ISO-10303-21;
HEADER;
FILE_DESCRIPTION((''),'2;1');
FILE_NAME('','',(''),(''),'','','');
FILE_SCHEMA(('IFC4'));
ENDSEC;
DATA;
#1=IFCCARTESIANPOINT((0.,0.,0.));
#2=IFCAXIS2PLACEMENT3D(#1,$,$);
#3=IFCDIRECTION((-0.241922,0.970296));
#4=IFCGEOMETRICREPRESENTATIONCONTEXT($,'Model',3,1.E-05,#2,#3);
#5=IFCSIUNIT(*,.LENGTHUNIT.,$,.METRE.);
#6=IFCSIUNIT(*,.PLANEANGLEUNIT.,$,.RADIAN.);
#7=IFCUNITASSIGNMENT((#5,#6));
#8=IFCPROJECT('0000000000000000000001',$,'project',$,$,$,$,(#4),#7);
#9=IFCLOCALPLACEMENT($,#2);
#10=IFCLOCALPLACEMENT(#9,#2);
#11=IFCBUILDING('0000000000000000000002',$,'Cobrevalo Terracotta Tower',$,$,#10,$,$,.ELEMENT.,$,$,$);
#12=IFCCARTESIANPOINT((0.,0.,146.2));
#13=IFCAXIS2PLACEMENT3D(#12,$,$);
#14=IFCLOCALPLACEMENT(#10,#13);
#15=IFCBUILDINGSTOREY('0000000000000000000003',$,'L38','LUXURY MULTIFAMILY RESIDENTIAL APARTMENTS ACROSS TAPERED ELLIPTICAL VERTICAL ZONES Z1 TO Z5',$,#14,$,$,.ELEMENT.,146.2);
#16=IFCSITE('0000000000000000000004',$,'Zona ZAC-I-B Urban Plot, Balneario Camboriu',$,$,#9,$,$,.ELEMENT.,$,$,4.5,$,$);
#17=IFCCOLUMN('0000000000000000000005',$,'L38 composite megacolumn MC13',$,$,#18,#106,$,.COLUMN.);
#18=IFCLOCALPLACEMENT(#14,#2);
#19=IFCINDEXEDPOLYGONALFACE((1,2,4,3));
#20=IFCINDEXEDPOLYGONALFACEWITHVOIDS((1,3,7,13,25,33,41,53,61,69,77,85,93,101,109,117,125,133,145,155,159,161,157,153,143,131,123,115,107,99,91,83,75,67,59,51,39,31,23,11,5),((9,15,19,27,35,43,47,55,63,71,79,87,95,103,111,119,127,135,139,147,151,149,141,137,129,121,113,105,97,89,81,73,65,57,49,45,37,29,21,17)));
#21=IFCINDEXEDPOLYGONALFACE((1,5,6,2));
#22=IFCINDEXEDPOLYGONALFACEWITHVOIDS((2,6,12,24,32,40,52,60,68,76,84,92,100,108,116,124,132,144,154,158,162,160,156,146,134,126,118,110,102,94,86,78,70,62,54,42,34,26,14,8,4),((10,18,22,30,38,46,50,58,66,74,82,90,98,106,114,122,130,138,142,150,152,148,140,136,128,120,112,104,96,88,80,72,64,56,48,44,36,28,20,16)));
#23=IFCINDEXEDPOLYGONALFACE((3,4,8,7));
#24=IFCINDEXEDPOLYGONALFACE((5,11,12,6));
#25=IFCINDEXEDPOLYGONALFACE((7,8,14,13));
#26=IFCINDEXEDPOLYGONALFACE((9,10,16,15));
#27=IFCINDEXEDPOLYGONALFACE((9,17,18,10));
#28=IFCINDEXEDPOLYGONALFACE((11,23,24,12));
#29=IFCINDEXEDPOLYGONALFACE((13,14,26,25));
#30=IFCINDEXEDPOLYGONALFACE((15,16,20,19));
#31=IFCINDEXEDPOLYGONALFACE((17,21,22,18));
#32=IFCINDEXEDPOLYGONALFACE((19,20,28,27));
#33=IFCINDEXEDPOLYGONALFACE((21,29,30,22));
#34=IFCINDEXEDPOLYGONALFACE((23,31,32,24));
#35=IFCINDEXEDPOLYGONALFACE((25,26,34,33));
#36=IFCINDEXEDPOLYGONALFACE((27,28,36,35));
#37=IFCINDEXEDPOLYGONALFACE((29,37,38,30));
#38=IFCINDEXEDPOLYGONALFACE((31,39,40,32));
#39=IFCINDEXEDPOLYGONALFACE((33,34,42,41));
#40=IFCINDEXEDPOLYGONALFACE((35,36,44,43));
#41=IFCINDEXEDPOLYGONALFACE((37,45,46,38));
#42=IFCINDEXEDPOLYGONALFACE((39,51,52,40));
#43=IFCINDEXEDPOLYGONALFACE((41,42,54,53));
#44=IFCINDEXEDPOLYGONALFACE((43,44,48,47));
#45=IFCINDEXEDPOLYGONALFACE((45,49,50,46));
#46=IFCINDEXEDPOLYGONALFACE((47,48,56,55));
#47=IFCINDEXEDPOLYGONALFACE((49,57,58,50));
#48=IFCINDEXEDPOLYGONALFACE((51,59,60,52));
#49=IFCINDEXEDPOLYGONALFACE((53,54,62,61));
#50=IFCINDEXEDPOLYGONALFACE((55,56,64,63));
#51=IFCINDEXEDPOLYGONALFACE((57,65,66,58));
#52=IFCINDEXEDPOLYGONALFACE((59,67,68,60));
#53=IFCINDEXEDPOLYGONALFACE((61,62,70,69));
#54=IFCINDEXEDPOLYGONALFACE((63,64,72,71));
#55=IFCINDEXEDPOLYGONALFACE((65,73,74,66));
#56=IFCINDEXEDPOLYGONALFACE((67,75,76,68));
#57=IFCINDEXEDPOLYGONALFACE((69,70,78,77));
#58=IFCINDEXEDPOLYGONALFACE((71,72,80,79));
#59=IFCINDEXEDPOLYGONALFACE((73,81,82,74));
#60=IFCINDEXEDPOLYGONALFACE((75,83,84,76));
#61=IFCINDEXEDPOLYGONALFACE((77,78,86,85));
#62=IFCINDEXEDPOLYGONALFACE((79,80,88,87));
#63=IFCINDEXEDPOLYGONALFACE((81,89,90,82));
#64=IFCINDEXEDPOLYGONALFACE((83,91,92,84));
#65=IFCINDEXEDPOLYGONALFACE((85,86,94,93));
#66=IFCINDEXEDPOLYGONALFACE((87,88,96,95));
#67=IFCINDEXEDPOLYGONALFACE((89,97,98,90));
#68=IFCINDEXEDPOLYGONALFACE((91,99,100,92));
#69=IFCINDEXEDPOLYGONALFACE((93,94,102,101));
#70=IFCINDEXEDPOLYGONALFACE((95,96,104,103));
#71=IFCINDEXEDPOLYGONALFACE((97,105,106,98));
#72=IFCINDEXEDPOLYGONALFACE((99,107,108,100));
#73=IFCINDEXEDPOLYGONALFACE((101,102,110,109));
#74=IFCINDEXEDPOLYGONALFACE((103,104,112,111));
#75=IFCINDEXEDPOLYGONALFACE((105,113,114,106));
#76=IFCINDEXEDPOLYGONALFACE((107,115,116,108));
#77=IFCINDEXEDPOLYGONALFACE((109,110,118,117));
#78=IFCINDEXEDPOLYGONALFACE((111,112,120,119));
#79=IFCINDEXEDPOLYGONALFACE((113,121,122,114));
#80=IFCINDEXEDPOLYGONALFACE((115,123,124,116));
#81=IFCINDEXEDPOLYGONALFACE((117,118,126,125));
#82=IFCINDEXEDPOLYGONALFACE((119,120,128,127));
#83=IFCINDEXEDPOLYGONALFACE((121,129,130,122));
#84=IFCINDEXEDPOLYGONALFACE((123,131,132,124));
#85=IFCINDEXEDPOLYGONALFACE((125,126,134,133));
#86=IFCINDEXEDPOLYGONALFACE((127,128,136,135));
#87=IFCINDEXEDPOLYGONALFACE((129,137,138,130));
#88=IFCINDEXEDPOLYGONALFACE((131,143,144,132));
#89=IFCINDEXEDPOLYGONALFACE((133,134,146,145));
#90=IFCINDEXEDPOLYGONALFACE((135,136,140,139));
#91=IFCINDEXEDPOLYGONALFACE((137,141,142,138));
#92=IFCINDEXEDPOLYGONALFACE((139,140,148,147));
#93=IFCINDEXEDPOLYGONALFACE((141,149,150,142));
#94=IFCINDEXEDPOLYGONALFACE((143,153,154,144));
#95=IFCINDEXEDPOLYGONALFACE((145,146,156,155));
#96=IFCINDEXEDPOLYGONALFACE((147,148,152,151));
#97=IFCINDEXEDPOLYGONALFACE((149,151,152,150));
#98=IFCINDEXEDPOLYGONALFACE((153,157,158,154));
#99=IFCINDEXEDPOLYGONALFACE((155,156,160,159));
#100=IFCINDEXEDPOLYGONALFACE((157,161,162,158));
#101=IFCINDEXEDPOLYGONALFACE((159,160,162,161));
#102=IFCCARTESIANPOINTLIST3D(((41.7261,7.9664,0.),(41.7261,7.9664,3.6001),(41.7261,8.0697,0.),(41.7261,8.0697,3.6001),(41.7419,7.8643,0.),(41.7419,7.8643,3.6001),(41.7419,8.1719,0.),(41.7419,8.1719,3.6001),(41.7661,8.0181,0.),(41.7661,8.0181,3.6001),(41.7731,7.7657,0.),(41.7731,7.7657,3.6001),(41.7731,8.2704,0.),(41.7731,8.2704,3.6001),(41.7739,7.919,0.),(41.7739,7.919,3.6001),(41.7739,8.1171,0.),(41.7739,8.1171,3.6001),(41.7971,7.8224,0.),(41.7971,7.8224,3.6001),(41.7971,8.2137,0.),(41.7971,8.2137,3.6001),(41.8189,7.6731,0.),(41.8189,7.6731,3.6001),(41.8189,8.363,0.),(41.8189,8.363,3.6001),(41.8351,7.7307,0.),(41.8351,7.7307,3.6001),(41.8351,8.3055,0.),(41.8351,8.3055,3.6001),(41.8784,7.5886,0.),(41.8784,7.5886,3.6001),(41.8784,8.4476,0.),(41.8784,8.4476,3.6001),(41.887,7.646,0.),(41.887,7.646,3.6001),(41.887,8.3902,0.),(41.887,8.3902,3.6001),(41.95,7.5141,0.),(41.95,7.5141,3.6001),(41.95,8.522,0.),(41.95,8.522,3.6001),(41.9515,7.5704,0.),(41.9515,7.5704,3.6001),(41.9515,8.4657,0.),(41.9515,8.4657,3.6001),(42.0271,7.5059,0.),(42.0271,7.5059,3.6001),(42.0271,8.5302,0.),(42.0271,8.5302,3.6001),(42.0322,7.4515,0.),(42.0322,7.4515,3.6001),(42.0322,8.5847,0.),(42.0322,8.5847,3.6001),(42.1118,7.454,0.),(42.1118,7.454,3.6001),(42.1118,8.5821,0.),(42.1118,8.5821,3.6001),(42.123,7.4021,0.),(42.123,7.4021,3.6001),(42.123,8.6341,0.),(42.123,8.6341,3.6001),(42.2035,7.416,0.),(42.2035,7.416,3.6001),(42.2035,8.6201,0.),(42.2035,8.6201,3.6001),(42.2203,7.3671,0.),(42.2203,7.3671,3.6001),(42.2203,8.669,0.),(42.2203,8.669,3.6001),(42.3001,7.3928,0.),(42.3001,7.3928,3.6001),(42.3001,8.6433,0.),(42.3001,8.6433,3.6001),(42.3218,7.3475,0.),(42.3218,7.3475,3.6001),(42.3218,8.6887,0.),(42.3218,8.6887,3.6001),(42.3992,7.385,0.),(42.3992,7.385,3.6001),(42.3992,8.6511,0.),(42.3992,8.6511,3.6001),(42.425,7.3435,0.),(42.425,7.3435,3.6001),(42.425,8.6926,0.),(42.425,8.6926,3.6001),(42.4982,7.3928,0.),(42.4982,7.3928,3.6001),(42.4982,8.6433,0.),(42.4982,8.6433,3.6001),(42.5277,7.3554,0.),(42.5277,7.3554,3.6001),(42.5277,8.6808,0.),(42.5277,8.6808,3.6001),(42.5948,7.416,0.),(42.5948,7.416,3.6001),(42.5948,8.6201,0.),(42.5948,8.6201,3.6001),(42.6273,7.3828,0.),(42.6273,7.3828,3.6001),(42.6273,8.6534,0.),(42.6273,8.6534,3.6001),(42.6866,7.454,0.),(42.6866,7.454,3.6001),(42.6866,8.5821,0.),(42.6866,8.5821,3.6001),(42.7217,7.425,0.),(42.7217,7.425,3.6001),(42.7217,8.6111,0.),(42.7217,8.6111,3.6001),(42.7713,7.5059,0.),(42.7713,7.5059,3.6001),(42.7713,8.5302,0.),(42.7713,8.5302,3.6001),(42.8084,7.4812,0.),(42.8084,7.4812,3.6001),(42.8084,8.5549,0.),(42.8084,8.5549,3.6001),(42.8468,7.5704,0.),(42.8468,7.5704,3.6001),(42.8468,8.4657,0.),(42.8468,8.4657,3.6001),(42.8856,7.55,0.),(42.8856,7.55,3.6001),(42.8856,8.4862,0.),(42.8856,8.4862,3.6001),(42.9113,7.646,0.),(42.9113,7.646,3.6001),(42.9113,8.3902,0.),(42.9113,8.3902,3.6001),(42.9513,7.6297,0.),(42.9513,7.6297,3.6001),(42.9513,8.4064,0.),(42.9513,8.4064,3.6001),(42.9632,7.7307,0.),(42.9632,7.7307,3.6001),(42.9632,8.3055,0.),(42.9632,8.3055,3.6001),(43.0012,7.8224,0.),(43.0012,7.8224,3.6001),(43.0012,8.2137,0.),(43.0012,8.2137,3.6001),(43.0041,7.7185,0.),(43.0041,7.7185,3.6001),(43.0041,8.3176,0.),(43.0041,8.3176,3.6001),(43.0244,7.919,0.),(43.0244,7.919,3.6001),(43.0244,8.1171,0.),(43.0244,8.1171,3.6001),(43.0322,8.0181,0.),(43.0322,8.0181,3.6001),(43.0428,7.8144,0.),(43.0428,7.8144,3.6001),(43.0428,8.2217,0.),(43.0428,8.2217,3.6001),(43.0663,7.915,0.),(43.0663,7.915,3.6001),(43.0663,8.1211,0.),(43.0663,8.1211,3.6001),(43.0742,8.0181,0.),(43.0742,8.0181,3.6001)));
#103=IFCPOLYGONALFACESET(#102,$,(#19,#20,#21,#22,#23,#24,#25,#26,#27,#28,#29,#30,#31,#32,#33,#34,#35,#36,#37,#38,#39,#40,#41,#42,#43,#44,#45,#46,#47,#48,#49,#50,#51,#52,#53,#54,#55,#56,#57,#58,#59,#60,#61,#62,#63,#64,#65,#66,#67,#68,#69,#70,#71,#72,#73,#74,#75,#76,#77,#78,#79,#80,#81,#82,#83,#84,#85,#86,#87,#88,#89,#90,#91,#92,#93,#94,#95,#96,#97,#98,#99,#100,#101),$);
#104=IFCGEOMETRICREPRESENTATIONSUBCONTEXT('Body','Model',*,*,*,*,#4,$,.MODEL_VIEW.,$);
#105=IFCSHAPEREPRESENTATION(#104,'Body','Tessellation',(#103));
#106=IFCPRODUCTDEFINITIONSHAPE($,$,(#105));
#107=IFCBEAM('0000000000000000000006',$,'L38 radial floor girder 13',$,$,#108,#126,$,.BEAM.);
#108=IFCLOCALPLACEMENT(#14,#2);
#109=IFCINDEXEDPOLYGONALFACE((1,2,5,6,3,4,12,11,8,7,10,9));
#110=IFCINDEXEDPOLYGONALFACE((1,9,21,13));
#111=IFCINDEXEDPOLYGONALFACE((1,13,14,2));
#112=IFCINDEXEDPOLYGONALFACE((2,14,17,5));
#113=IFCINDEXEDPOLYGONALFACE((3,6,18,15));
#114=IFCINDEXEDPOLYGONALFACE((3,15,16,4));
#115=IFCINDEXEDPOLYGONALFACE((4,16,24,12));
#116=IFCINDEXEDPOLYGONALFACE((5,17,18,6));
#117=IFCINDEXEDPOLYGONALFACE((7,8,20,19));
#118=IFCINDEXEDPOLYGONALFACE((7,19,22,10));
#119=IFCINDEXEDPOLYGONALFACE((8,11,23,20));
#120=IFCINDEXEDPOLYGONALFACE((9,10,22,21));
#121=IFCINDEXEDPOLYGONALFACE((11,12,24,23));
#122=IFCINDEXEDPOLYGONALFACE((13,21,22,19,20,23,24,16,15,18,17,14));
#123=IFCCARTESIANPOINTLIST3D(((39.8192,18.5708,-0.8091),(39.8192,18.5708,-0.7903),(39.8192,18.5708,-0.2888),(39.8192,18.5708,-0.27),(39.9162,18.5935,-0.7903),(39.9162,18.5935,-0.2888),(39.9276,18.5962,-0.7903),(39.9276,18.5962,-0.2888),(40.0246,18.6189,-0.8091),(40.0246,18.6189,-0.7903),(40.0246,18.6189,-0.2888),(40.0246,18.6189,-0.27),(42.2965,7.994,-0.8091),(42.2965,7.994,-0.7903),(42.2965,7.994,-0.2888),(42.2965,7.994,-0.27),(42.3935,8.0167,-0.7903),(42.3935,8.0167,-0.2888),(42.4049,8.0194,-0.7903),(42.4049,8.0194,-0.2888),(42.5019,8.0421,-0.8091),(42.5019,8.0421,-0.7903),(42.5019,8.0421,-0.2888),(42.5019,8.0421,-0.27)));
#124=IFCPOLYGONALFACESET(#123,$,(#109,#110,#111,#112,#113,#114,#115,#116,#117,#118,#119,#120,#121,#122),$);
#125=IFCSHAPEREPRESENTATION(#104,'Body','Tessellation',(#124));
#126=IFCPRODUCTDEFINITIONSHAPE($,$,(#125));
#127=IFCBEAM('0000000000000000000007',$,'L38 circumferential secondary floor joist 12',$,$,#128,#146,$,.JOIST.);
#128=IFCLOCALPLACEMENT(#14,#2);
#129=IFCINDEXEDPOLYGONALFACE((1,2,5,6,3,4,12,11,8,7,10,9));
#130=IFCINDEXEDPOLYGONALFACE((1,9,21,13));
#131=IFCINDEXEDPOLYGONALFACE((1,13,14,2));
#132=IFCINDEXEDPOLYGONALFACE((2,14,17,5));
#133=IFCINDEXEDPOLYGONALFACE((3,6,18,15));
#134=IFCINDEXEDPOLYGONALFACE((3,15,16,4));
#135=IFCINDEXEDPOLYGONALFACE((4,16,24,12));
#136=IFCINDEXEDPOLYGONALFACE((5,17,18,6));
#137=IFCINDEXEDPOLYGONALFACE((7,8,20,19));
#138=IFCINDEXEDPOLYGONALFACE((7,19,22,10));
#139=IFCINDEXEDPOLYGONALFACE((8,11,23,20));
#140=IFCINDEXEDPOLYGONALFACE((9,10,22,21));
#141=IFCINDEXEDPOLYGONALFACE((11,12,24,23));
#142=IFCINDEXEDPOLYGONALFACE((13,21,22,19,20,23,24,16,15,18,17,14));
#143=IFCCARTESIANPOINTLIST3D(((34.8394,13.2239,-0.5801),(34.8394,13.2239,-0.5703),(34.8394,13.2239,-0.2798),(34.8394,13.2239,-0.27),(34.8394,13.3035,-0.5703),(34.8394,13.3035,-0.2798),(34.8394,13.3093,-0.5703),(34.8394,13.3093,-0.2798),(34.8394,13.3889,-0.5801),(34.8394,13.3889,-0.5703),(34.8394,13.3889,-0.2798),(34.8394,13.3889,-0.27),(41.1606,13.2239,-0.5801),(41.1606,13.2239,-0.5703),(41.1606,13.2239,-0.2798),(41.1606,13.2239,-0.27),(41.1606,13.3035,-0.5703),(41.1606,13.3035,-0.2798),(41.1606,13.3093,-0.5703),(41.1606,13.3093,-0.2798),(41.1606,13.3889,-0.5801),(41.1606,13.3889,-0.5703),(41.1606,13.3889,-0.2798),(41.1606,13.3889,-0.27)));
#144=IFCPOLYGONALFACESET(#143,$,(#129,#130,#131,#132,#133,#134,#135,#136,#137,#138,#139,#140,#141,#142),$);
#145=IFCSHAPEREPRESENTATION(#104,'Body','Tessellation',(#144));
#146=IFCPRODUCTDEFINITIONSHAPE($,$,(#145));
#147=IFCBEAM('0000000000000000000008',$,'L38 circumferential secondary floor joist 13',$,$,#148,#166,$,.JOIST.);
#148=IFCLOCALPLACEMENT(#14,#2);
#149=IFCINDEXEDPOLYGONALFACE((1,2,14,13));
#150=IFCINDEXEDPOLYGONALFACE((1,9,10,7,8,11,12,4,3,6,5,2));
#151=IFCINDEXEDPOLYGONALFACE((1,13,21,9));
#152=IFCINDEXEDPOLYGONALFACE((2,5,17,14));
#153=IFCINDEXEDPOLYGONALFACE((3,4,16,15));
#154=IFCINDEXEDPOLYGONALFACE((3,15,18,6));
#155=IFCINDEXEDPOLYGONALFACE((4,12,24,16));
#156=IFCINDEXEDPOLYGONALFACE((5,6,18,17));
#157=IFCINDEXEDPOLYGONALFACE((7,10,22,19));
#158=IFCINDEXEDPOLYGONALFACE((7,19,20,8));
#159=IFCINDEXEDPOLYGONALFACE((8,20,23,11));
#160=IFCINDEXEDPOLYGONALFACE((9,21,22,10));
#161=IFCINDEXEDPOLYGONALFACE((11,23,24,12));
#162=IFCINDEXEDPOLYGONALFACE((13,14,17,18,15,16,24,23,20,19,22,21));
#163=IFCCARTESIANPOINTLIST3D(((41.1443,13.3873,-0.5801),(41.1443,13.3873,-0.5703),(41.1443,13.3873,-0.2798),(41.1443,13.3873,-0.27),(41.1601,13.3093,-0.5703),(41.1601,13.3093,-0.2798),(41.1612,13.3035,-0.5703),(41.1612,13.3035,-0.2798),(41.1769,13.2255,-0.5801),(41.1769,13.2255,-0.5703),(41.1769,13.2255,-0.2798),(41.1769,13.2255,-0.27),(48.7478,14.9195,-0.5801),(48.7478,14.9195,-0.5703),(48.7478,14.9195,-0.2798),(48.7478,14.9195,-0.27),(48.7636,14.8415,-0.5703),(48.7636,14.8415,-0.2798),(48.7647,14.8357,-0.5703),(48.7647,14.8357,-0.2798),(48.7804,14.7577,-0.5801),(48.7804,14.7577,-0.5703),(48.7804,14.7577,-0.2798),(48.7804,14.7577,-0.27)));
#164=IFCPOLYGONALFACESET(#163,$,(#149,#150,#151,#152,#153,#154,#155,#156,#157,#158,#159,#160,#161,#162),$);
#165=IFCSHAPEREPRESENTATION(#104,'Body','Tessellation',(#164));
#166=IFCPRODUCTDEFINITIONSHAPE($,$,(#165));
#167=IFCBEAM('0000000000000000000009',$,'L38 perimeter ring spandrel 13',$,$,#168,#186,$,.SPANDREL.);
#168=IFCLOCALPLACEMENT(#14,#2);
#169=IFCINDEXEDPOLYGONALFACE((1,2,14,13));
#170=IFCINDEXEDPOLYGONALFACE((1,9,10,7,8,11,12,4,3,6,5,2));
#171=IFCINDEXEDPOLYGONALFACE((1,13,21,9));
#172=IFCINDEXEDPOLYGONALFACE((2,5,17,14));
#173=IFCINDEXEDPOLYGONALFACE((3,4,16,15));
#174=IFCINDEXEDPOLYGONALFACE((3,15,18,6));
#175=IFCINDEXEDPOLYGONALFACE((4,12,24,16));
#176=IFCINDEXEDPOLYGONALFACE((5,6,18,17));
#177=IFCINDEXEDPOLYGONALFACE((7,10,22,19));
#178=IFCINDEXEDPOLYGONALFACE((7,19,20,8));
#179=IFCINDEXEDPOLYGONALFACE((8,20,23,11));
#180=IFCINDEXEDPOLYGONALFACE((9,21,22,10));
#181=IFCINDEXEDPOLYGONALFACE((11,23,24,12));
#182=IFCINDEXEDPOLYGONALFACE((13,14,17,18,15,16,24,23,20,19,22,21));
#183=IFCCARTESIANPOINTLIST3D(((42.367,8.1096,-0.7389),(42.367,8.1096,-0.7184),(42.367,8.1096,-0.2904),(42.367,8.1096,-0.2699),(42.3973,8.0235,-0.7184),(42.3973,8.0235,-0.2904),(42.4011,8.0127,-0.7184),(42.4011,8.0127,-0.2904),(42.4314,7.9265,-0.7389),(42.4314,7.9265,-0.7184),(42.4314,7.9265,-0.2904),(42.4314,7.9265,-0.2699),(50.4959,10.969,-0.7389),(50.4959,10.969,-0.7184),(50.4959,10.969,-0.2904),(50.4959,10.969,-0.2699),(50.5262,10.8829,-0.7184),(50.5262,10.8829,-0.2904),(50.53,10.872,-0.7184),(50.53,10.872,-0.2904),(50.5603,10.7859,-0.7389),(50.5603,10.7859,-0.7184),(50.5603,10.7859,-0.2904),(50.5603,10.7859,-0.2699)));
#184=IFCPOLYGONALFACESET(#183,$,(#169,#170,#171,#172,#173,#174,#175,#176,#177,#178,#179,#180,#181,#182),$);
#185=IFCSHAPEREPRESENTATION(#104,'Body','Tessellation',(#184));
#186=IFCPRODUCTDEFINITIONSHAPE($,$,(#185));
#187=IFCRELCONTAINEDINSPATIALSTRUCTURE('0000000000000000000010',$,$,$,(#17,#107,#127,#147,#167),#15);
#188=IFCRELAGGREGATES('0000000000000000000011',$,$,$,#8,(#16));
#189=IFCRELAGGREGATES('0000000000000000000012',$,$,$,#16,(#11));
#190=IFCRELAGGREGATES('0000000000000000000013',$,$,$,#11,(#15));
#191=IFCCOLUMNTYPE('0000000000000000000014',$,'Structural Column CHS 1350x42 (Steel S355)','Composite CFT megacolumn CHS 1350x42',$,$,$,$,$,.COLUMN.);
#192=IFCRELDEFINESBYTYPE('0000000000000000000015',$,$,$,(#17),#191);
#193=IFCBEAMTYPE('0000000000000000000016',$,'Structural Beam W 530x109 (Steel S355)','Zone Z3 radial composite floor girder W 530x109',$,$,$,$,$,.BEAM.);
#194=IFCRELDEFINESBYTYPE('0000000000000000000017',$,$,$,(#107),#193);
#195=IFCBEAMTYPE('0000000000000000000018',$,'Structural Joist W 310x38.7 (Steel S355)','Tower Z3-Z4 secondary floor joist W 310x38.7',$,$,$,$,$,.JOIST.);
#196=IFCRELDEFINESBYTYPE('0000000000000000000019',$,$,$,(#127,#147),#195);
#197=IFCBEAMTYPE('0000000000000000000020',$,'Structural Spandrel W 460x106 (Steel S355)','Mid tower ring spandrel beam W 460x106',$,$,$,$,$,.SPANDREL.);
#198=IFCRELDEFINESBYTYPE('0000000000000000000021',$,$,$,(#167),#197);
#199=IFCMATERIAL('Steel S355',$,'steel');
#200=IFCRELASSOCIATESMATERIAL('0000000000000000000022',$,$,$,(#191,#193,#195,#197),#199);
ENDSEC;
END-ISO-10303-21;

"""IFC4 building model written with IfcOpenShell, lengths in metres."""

from ifc_helpers import new_model, si_unit, direction, frame, origin, origin_2d, place, context, subcontext, project, spatial, hollow_circle, i_section, extrude, material, material_profile, profile_set, type_object, element, save


model = new_model("IFC4")

# Units and contexts
model_context = context("Model", 3, precision=1e-05, world=origin(), true_north=direction((-0.241922, 0.970296)))
body_context = subcontext(model_context, "Body", "Model", "MODEL_VIEW")
ifc_project = project(units=[si_unit("LENGTHUNIT", "METRE"), si_unit("PLANEANGLEUNIT", "RADIAN")], contexts=[model_context])

# Site, building, storey
site_placement = place(None, origin())
site = spatial("IfcSite", under=ifc_project, at=site_placement, Name="Zona ZAC-I-B Urban Plot, Balneario Camboriu", CompositionType="ELEMENT", RefElevation=4.5)
building_placement = place(site_placement, origin())
building = spatial("IfcBuilding", under=site, at=building_placement, Name="Cobrevalo Terracotta Tower", CompositionType="ELEMENT")
storey_placement = place(building_placement, frame((0.0, 0.0, 146.2)))
storey = spatial("IfcBuildingStorey", under=building, at=storey_placement, Name="L38", Description="LUXURY MULTIFAMILY RESIDENTIAL APARTMENTS ACROSS TAPERED ELLIPTICAL VERTICAL ZONES Z1 TO Z5", CompositionType="ELEMENT", Elevation=146.2)

# Column
ifc_material_1 = material(Name="Steel S355", Category="steel")
ifc_material_profile_1 = material_profile(ifc_material_1, hollow_circle(Radius=0.675, WallThickness=0.042, at=origin_2d()), Name="CHS 1350x42")
ifc_profile_set_1 = profile_set([ifc_material_profile_1], Name="Steel S355")
column_type = type_object("IfcColumnType", Name="Structural Column CHS 1350x42 (Steel S355)", Description="Composite CFT megacolumn CHS 1350x42", PredefinedType="COLUMN", material=ifc_profile_set_1)
column_placement = place(storey_placement, frame((42.3992, 8.0181, 0.0), z_axis=(0.0, 0.0, 1.0), x_axis=(1.0, 0.0, 0.0)))
element("IfcColumn", 1, at=column_placement, inside=storey, type_object=column_type, Name="L38 composite megacolumn MC13", PredefinedType="COLUMN", context=body_context, shape_type="SweptSolid", body=[
    extrude(hollow_circle(Radius=0.675, WallThickness=0.042, at=origin_2d()), origin(), (0.0, 0.0, 1.0), 3.6001),
])

# Beams
ifc_material_profile_2 = material_profile(ifc_material_1, i_section(OverallWidth=0.2109, OverallDepth=0.5391, WebThickness=0.0117, FlangeThickness=0.0188, at=origin_2d()), Name="W 530x109")
ifc_profile_set_2 = profile_set([ifc_material_profile_2], Name="Steel S355")
beam_type_1 = type_object("IfcBeamType", Name="Structural Beam W 530x109 (Steel S355)", Description="Zone Z3 radial composite floor girder W 530x109", PredefinedType="BEAM", material=ifc_profile_set_2)
beam_1_placement = place(storey_placement, frame((42.3992, 8.0181, -0.5396), z_axis=(-0.228046, 0.97365, 0.0), x_axis=(-0.97365, -0.228046, 0.0)))
element("IfcBeam", 2, at=beam_1_placement, inside=storey, type_object=beam_type_1, Name="L38 radial floor girder 13", PredefinedType="BEAM", context=body_context, shape_type="SweptSolid", body=[
    extrude(i_section(OverallWidth=0.2109, OverallDepth=0.5391, WebThickness=0.0117, FlangeThickness=0.0188, at=origin_2d()), origin(), (0.0, 0.0, 1.0), 10.863),
])
ifc_material_profile_3 = material_profile(ifc_material_1, i_section(OverallWidth=0.165, OverallDepth=0.3101, WebThickness=0.0059, FlangeThickness=0.0098, at=origin_2d()), Name="W 310x38.7")
ifc_profile_set_3 = profile_set([ifc_material_profile_3], Name="Steel S355")
beam_type_2 = type_object("IfcBeamType", Name="Structural Joist W 310x38.7 (Steel S355)", Description="Tower Z3-Z4 secondary floor joist W 310x38.7", PredefinedType="JOIST", material=ifc_profile_set_3)
beam_2_placement = place(storey_placement, frame((34.8394, 13.3064, -0.425), z_axis=(1.0, 0.0, 0.0), x_axis=(0.0, 1.0, 0.0)))
element("IfcBeam", 3, at=beam_2_placement, inside=storey, type_object=beam_type_2, Name="L38 circumferential secondary floor joist 12", PredefinedType="JOIST", context=body_context, shape_type="SweptSolid", body=[
    extrude(i_section(OverallWidth=0.165, OverallDepth=0.3101, WebThickness=0.0059, FlangeThickness=0.0098, at=origin_2d()), origin(), (0.0, 0.0, 1.0), 6.3213),
])
beam_3_placement = place(storey_placement, frame((41.1606, 13.3064, -0.425), z_axis=(0.980294, 0.197544, 0.0), x_axis=(-0.197544, 0.980294, 0.0)))
element("IfcBeam", 4, at=beam_3_placement, inside=storey, type_object=beam_type_2, Name="L38 circumferential secondary floor joist 13", PredefinedType="JOIST", context=body_context, shape_type="SweptSolid", body=[
    extrude(i_section(OverallWidth=0.165, OverallDepth=0.3101, WebThickness=0.0059, FlangeThickness=0.0098, at=origin_2d()), origin(), (0.0, 0.0, 1.0), 7.7563),
])
ifc_material_profile_4 = material_profile(ifc_material_1, i_section(OverallWidth=0.1941, OverallDepth=0.469, WebThickness=0.0115, FlangeThickness=0.0205, at=origin_2d()), Name="W 460x106")
ifc_profile_set_4 = profile_set([ifc_material_profile_4], Name="Steel S355")
beam_type_3 = type_object("IfcBeamType", Name="Structural Spandrel W 460x106 (Steel S355)", Description="Mid tower ring spandrel beam W 460x106", PredefinedType="SPANDREL", material=ifc_profile_set_4)
beam_4_placement = place(storey_placement, frame((42.3992, 8.0181, -0.5044), z_axis=(0.943341, 0.331824, 0.0), x_axis=(-0.331824, 0.943341, 0.0)))
element("IfcBeam", 5, at=beam_4_placement, inside=storey, type_object=beam_type_3, Name="L38 perimeter ring spandrel 13", PredefinedType="SPANDREL", context=body_context, shape_type="SweptSolid", body=[
    extrude(i_section(OverallWidth=0.1941, OverallDepth=0.469, WebThickness=0.0115, FlangeThickness=0.0205, at=origin_2d()), origin(), (0.0, 0.0, 1.0), 8.6172),
])

save(model, "model.ifc")
